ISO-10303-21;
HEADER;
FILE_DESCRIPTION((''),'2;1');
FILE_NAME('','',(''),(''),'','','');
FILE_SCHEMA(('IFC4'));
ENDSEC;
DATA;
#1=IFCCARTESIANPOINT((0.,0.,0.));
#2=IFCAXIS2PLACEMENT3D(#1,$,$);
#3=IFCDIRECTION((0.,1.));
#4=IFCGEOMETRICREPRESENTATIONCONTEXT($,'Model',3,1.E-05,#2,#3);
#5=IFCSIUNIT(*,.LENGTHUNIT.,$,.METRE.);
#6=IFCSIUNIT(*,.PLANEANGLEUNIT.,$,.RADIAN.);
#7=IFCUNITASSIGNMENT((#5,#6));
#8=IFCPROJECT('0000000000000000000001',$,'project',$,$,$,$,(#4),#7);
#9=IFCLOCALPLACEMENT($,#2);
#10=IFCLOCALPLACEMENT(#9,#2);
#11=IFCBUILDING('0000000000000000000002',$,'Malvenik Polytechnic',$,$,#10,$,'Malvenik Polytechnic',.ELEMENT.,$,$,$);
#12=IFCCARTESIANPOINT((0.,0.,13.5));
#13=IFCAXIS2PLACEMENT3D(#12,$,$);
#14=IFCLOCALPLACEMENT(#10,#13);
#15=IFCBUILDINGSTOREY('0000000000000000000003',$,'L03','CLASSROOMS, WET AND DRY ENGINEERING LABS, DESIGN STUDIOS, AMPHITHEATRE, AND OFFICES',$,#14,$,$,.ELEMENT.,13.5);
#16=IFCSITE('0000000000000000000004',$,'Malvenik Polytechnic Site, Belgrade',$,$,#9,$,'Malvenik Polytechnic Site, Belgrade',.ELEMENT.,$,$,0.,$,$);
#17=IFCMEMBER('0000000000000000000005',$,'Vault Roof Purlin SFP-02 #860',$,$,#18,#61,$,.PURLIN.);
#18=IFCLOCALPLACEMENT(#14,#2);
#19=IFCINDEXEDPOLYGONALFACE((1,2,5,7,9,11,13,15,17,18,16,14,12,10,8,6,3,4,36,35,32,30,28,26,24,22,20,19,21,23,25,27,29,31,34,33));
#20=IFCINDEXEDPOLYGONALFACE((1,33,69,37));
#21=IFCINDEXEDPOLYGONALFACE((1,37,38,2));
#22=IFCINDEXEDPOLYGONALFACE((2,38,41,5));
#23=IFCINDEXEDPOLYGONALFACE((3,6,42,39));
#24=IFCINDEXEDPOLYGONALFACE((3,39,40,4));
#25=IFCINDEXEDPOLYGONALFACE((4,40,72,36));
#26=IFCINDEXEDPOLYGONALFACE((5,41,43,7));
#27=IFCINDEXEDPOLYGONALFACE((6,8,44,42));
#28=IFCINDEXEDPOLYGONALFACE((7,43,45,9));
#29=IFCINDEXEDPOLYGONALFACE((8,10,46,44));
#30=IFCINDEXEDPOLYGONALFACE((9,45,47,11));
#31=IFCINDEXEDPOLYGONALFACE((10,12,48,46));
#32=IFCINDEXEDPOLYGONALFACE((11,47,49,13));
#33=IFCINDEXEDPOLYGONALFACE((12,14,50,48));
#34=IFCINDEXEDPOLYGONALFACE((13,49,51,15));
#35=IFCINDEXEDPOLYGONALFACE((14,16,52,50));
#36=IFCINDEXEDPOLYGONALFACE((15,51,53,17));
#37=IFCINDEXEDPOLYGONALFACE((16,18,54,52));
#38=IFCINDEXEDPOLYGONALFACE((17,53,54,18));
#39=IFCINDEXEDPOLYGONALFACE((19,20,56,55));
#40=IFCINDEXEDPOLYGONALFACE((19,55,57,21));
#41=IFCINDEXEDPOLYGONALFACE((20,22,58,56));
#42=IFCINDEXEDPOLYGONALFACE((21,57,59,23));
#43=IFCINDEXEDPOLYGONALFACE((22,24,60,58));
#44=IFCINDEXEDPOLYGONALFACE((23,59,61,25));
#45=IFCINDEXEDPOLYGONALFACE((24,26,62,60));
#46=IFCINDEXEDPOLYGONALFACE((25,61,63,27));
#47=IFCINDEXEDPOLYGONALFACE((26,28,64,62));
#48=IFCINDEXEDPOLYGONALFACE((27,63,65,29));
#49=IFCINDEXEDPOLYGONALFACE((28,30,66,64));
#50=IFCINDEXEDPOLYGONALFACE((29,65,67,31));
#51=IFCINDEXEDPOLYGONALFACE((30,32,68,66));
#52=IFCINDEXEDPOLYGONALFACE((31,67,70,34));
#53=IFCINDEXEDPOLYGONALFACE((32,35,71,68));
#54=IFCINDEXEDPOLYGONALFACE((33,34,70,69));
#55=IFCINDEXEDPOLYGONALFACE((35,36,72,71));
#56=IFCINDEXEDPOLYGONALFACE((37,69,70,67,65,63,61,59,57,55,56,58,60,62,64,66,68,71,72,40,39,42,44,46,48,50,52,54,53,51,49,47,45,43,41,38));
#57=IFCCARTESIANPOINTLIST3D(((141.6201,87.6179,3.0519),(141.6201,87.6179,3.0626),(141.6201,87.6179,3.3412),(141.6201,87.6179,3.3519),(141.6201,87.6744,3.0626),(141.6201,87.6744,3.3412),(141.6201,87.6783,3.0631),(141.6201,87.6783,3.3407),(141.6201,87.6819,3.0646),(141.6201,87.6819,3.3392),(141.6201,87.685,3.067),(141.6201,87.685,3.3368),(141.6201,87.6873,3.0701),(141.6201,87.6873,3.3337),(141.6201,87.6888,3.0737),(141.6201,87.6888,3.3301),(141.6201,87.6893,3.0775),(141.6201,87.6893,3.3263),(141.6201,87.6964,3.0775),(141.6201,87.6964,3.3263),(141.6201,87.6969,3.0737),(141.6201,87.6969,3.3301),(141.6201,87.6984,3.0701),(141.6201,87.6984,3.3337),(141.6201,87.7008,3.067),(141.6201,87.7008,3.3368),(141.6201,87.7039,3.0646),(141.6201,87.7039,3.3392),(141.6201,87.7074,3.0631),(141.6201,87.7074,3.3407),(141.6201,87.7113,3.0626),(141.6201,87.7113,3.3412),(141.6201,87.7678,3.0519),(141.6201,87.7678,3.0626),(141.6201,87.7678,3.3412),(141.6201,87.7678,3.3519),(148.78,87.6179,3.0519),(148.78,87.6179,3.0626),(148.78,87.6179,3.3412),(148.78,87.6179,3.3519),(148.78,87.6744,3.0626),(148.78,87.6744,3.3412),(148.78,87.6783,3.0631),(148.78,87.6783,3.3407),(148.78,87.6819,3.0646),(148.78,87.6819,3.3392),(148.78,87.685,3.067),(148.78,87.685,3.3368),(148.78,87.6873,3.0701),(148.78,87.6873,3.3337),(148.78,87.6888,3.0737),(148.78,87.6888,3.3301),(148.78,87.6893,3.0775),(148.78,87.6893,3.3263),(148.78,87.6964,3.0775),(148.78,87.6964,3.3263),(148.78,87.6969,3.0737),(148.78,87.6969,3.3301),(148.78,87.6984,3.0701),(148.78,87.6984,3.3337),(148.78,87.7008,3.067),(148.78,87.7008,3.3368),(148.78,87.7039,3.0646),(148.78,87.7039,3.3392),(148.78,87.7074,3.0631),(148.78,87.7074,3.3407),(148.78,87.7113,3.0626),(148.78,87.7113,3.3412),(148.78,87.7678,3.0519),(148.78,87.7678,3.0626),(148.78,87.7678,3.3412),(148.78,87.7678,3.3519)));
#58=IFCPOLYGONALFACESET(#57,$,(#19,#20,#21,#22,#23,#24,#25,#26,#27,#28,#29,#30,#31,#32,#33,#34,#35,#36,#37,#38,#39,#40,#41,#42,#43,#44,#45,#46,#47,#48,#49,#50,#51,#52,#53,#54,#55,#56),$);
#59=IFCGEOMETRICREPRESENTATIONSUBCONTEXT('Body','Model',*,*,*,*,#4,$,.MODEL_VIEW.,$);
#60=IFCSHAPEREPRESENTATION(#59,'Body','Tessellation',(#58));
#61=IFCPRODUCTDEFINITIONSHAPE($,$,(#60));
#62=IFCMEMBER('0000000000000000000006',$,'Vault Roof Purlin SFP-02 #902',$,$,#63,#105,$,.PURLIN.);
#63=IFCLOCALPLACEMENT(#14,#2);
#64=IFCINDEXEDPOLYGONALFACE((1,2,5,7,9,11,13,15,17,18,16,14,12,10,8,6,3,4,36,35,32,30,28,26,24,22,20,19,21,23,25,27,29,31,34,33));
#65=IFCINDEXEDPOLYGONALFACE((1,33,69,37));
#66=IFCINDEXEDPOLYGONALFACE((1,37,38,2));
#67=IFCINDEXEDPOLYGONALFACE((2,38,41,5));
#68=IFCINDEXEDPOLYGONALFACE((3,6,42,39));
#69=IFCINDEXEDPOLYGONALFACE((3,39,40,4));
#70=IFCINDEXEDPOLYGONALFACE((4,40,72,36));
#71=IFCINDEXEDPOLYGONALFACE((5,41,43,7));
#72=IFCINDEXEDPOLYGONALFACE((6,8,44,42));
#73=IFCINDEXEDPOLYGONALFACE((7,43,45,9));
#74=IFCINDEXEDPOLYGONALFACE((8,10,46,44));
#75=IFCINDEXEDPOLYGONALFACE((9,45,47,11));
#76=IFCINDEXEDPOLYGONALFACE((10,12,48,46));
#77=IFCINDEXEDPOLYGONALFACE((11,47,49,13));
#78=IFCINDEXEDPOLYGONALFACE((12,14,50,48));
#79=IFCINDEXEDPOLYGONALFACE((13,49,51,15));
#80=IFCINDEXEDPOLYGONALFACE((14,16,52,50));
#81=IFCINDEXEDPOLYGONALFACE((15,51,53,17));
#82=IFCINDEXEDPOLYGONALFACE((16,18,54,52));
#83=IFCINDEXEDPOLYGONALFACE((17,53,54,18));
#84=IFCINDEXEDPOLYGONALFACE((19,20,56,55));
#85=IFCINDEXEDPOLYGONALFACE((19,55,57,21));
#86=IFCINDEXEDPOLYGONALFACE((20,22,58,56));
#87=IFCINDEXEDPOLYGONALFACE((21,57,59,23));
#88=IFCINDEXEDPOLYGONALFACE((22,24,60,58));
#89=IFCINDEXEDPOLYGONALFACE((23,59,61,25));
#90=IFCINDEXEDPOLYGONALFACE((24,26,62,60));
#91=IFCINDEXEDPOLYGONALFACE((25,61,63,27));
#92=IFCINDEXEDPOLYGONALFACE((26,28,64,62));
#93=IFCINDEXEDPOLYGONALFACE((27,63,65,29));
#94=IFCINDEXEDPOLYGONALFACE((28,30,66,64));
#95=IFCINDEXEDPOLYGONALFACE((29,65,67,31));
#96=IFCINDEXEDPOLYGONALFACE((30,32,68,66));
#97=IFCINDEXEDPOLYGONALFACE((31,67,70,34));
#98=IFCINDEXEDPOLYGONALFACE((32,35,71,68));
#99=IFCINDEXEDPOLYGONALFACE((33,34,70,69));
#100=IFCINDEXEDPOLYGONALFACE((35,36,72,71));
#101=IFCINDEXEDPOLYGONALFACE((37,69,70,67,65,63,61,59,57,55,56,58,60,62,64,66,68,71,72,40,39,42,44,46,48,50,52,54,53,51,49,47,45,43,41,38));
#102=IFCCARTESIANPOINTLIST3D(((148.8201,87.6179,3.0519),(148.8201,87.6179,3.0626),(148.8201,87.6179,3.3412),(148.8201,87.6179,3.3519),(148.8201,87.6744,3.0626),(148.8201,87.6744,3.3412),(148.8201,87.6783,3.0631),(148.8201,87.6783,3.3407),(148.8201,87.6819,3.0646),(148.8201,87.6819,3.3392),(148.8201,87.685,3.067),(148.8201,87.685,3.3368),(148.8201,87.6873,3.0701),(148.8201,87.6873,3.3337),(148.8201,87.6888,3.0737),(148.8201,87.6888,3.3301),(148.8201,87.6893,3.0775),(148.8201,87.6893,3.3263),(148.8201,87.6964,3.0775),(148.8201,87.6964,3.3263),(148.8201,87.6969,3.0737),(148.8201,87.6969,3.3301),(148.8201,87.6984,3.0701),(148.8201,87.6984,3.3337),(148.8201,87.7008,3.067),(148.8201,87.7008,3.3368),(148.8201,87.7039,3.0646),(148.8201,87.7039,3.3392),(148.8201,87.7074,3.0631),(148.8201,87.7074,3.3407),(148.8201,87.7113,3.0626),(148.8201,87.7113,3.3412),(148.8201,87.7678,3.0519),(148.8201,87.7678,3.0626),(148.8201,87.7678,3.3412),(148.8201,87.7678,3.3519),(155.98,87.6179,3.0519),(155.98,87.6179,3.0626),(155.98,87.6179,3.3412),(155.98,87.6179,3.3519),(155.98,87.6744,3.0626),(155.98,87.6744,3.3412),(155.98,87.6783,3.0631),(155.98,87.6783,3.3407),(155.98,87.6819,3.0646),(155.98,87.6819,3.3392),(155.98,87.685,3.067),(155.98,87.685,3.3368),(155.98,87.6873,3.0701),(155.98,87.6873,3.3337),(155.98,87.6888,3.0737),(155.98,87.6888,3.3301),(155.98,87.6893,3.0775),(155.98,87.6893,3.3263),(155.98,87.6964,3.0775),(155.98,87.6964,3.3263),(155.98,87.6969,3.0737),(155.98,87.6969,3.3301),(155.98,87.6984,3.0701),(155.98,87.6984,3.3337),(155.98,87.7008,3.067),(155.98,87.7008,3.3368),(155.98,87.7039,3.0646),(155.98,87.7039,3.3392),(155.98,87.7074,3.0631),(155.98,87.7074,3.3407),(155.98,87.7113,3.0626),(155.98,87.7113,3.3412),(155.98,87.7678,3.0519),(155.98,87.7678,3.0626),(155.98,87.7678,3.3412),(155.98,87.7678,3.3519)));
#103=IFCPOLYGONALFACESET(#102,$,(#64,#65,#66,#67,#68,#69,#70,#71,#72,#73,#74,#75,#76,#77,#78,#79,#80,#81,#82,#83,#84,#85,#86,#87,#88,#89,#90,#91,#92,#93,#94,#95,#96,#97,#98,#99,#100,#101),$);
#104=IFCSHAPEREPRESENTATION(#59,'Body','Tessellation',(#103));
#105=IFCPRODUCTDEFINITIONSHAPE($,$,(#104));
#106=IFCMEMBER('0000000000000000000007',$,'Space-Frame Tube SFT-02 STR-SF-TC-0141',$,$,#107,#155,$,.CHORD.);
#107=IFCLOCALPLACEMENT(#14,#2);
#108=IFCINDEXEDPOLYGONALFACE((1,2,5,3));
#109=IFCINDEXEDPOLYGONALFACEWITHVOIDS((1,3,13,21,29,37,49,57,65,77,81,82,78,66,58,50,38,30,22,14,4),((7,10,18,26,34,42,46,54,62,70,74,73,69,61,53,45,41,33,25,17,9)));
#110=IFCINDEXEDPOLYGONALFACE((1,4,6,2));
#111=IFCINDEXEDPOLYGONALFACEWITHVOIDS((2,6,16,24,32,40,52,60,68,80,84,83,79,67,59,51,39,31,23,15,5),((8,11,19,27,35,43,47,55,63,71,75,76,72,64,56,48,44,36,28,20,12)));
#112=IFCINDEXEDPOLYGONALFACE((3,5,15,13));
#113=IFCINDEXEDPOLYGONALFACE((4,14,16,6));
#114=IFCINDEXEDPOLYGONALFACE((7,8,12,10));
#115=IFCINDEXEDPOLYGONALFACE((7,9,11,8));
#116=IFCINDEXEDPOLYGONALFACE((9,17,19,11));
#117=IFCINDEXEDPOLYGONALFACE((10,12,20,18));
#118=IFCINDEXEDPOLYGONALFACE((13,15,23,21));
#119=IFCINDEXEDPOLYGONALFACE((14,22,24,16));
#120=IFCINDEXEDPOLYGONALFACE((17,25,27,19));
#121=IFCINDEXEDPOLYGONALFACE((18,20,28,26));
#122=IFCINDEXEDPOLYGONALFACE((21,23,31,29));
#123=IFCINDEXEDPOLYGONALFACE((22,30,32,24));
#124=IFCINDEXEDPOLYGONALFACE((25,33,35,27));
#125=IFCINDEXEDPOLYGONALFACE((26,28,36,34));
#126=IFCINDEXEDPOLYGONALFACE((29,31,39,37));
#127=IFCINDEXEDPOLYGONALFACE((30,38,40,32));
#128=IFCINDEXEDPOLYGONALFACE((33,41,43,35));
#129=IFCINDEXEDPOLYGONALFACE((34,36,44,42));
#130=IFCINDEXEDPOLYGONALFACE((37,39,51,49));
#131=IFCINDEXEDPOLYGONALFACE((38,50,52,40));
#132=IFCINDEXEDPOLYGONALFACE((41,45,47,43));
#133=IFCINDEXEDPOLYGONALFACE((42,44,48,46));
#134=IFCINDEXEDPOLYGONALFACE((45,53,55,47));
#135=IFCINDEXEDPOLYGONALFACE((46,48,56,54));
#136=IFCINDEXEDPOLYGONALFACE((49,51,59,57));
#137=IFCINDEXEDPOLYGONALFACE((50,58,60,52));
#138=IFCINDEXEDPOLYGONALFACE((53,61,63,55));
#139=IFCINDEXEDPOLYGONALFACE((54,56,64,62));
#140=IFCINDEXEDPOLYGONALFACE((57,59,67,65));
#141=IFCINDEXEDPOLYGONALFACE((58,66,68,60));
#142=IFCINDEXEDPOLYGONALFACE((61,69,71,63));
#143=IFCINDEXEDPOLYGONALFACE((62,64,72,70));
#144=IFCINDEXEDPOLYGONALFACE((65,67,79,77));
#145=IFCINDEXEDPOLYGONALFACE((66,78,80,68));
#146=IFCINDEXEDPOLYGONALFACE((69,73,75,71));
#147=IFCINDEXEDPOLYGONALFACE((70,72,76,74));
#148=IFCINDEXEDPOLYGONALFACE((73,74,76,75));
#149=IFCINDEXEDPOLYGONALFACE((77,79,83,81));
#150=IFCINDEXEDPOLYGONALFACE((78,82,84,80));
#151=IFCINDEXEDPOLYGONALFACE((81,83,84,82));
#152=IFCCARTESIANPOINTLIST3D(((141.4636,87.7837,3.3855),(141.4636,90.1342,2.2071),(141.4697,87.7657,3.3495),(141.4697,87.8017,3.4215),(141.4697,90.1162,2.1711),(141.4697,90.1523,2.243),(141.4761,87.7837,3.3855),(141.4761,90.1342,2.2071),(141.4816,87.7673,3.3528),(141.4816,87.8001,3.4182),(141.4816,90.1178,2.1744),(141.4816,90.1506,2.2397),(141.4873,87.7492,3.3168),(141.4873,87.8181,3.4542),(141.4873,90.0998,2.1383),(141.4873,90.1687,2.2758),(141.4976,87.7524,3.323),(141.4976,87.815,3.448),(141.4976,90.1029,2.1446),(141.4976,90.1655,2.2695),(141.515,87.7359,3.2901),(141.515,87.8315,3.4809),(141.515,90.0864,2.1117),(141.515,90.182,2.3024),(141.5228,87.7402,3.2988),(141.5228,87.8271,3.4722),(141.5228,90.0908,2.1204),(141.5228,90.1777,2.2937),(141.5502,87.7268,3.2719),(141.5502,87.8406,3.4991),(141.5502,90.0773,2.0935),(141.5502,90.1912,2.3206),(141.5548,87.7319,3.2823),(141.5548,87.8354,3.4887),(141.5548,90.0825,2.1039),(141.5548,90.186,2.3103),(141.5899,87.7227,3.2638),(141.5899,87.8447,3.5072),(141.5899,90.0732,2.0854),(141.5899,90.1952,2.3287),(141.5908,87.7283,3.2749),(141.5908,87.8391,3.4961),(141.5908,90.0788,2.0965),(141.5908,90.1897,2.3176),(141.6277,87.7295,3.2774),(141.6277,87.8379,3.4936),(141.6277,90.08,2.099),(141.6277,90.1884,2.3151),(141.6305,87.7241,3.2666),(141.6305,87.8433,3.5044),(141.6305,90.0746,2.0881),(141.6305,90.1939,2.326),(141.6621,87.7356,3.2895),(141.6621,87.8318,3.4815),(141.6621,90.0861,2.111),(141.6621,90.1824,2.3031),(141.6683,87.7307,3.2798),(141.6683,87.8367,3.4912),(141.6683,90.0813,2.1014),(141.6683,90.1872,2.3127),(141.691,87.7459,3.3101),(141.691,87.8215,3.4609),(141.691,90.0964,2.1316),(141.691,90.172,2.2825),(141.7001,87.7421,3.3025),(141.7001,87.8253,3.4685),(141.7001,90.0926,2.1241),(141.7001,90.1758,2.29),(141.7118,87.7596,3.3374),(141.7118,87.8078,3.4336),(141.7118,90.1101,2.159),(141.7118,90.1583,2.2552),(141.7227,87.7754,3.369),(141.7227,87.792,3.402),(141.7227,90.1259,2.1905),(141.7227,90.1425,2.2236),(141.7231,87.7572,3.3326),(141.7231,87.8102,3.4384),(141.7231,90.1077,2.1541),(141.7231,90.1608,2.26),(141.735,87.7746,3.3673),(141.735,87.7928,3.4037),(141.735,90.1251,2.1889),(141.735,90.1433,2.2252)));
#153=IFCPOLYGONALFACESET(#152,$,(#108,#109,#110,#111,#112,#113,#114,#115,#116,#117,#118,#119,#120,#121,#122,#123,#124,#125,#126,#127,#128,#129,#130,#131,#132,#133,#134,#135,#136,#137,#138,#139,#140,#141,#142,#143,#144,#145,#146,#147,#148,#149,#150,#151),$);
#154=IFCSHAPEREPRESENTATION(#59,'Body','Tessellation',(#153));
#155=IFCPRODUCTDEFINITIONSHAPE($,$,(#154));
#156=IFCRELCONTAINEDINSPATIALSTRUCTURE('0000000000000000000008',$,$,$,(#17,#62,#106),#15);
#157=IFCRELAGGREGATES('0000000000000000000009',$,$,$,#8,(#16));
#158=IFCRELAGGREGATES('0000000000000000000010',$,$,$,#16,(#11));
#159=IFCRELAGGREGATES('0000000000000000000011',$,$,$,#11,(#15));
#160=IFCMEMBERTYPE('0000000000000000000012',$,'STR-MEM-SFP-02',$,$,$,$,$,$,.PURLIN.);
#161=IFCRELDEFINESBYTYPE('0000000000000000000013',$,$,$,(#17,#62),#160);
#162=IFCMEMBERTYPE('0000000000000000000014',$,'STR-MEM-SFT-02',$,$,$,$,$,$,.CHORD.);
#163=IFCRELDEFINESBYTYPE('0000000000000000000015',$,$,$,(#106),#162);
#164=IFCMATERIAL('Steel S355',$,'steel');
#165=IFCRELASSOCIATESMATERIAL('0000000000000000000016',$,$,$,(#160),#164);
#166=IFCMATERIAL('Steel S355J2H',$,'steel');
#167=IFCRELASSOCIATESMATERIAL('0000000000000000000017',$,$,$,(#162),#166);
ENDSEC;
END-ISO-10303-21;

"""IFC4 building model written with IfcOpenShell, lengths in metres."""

from ifc_helpers import new_model, si_unit, direction, frame, origin, origin_2d, place, context, subcontext, project, spatial, hollow_circle, i_section, extrude, material, material_profile, profile_set, type_object, element, save


model = new_model("IFC4")

# Units and contexts
model_context = context("Model", 3, precision=1e-05, world=origin(), true_north=direction((0.0, 1.0)))
body_context = subcontext(model_context, "Body", "Model", "MODEL_VIEW")
ifc_project = project(units=[si_unit("LENGTHUNIT", "METRE"), si_unit("PLANEANGLEUNIT", "RADIAN")], contexts=[model_context])

# Site, building, storey
site_placement = place(None, origin())
site = spatial("IfcSite", under=ifc_project, at=site_placement, Name="Malvenik Polytechnic Site, Belgrade", LongName="Malvenik Polytechnic Site, Belgrade", CompositionType="ELEMENT", RefElevation=0.0)
building_placement = place(site_placement, origin())
building = spatial("IfcBuilding", under=site, at=building_placement, Name="Malvenik Polytechnic", LongName="Malvenik Polytechnic", CompositionType="ELEMENT")
storey_placement = place(building_placement, frame((0.0, 0.0, 13.5)))
storey = spatial("IfcBuildingStorey", under=building, at=storey_placement, Name="L03", Description="CLASSROOMS, WET AND DRY ENGINEERING LABS, DESIGN STUDIOS, AMPHITHEATRE, AND OFFICES", CompositionType="ELEMENT", Elevation=13.5)

# Members
ifc_material_1 = material(Name="Steel S355J2H", Category="steel")
ifc_material_2 = material(Name="Steel S355", Category="steel")
ifc_material_profile_1 = material_profile(ifc_material_2, i_section(OverallWidth=0.1499, OverallDepth=0.3, WebThickness=0.0071, FlangeThickness=0.0107, FilletRadius=0.0149, at=origin_2d()), Name="IPE 300")
ifc_profile_set_1 = profile_set([ifc_material_profile_1], Name="Steel S355")
member_type_1 = type_object("IfcMemberType", Name="STR-MEM-SFP-02", PredefinedType="PURLIN", material=ifc_profile_set_1)
for number, where, z_axis, x_axis, name in (
    (1, (141.6201, 87.6929, 3.2019), (1.0, 0.0, 0.0), (0.0, 1.0, 0.0), "Vault Roof Purlin SFP-02 #860"),
    (2, (148.8201, 87.6929, 3.2019), (1.0, 0.0, 0.0), (0.0, 1.0, 0.0), "Vault Roof Purlin SFP-02 #902"),
):
    element("IfcMember", number, at=place(storey_placement, frame(where, z_axis=z_axis, x_axis=x_axis)), inside=storey, type_object=member_type_1, Name=name, PredefinedType="PURLIN", context=body_context, shape_type="SweptSolid", body=[
        extrude(i_section(OverallWidth=0.1499, OverallDepth=0.3, WebThickness=0.0071, FlangeThickness=0.0107, FilletRadius=0.0149, at=origin_2d()), origin(), (0.0, 0.0, 1.0), 7.1599),
    ])
ifc_material_profile_2 = material_profile(ifc_material_1, hollow_circle(Radius=0.1365, WallThickness=0.0125, at=origin_2d()), Name="CHS 273.0x12.5")
ifc_profile_set_2 = profile_set([ifc_material_profile_2], Name="Steel S355J2H")
member_type_2 = type_object("IfcMemberType", Name="STR-MEM-SFT-02", PredefinedType="CHORD", material=ifc_profile_set_2)
member_1_placement = place(storey_placement, frame((141.6001, 87.7837, 3.3855), z_axis=(0.0, 0.893944, -0.448179), x_axis=(-1.0, 0.0, 0.0)))
element("IfcMember", 3, at=member_1_placement, inside=storey, type_object=member_type_2, Name="Space-Frame Tube SFT-02 STR-SF-TC-0141", PredefinedType="CHORD", context=body_context, shape_type="SweptSolid", body=[
    extrude(hollow_circle(Radius=0.1365, WallThickness=0.0125, at=origin_2d()), origin(), (0.0, 0.0, 1.0), 2.6294),
])

save(model, "model.ifc")
